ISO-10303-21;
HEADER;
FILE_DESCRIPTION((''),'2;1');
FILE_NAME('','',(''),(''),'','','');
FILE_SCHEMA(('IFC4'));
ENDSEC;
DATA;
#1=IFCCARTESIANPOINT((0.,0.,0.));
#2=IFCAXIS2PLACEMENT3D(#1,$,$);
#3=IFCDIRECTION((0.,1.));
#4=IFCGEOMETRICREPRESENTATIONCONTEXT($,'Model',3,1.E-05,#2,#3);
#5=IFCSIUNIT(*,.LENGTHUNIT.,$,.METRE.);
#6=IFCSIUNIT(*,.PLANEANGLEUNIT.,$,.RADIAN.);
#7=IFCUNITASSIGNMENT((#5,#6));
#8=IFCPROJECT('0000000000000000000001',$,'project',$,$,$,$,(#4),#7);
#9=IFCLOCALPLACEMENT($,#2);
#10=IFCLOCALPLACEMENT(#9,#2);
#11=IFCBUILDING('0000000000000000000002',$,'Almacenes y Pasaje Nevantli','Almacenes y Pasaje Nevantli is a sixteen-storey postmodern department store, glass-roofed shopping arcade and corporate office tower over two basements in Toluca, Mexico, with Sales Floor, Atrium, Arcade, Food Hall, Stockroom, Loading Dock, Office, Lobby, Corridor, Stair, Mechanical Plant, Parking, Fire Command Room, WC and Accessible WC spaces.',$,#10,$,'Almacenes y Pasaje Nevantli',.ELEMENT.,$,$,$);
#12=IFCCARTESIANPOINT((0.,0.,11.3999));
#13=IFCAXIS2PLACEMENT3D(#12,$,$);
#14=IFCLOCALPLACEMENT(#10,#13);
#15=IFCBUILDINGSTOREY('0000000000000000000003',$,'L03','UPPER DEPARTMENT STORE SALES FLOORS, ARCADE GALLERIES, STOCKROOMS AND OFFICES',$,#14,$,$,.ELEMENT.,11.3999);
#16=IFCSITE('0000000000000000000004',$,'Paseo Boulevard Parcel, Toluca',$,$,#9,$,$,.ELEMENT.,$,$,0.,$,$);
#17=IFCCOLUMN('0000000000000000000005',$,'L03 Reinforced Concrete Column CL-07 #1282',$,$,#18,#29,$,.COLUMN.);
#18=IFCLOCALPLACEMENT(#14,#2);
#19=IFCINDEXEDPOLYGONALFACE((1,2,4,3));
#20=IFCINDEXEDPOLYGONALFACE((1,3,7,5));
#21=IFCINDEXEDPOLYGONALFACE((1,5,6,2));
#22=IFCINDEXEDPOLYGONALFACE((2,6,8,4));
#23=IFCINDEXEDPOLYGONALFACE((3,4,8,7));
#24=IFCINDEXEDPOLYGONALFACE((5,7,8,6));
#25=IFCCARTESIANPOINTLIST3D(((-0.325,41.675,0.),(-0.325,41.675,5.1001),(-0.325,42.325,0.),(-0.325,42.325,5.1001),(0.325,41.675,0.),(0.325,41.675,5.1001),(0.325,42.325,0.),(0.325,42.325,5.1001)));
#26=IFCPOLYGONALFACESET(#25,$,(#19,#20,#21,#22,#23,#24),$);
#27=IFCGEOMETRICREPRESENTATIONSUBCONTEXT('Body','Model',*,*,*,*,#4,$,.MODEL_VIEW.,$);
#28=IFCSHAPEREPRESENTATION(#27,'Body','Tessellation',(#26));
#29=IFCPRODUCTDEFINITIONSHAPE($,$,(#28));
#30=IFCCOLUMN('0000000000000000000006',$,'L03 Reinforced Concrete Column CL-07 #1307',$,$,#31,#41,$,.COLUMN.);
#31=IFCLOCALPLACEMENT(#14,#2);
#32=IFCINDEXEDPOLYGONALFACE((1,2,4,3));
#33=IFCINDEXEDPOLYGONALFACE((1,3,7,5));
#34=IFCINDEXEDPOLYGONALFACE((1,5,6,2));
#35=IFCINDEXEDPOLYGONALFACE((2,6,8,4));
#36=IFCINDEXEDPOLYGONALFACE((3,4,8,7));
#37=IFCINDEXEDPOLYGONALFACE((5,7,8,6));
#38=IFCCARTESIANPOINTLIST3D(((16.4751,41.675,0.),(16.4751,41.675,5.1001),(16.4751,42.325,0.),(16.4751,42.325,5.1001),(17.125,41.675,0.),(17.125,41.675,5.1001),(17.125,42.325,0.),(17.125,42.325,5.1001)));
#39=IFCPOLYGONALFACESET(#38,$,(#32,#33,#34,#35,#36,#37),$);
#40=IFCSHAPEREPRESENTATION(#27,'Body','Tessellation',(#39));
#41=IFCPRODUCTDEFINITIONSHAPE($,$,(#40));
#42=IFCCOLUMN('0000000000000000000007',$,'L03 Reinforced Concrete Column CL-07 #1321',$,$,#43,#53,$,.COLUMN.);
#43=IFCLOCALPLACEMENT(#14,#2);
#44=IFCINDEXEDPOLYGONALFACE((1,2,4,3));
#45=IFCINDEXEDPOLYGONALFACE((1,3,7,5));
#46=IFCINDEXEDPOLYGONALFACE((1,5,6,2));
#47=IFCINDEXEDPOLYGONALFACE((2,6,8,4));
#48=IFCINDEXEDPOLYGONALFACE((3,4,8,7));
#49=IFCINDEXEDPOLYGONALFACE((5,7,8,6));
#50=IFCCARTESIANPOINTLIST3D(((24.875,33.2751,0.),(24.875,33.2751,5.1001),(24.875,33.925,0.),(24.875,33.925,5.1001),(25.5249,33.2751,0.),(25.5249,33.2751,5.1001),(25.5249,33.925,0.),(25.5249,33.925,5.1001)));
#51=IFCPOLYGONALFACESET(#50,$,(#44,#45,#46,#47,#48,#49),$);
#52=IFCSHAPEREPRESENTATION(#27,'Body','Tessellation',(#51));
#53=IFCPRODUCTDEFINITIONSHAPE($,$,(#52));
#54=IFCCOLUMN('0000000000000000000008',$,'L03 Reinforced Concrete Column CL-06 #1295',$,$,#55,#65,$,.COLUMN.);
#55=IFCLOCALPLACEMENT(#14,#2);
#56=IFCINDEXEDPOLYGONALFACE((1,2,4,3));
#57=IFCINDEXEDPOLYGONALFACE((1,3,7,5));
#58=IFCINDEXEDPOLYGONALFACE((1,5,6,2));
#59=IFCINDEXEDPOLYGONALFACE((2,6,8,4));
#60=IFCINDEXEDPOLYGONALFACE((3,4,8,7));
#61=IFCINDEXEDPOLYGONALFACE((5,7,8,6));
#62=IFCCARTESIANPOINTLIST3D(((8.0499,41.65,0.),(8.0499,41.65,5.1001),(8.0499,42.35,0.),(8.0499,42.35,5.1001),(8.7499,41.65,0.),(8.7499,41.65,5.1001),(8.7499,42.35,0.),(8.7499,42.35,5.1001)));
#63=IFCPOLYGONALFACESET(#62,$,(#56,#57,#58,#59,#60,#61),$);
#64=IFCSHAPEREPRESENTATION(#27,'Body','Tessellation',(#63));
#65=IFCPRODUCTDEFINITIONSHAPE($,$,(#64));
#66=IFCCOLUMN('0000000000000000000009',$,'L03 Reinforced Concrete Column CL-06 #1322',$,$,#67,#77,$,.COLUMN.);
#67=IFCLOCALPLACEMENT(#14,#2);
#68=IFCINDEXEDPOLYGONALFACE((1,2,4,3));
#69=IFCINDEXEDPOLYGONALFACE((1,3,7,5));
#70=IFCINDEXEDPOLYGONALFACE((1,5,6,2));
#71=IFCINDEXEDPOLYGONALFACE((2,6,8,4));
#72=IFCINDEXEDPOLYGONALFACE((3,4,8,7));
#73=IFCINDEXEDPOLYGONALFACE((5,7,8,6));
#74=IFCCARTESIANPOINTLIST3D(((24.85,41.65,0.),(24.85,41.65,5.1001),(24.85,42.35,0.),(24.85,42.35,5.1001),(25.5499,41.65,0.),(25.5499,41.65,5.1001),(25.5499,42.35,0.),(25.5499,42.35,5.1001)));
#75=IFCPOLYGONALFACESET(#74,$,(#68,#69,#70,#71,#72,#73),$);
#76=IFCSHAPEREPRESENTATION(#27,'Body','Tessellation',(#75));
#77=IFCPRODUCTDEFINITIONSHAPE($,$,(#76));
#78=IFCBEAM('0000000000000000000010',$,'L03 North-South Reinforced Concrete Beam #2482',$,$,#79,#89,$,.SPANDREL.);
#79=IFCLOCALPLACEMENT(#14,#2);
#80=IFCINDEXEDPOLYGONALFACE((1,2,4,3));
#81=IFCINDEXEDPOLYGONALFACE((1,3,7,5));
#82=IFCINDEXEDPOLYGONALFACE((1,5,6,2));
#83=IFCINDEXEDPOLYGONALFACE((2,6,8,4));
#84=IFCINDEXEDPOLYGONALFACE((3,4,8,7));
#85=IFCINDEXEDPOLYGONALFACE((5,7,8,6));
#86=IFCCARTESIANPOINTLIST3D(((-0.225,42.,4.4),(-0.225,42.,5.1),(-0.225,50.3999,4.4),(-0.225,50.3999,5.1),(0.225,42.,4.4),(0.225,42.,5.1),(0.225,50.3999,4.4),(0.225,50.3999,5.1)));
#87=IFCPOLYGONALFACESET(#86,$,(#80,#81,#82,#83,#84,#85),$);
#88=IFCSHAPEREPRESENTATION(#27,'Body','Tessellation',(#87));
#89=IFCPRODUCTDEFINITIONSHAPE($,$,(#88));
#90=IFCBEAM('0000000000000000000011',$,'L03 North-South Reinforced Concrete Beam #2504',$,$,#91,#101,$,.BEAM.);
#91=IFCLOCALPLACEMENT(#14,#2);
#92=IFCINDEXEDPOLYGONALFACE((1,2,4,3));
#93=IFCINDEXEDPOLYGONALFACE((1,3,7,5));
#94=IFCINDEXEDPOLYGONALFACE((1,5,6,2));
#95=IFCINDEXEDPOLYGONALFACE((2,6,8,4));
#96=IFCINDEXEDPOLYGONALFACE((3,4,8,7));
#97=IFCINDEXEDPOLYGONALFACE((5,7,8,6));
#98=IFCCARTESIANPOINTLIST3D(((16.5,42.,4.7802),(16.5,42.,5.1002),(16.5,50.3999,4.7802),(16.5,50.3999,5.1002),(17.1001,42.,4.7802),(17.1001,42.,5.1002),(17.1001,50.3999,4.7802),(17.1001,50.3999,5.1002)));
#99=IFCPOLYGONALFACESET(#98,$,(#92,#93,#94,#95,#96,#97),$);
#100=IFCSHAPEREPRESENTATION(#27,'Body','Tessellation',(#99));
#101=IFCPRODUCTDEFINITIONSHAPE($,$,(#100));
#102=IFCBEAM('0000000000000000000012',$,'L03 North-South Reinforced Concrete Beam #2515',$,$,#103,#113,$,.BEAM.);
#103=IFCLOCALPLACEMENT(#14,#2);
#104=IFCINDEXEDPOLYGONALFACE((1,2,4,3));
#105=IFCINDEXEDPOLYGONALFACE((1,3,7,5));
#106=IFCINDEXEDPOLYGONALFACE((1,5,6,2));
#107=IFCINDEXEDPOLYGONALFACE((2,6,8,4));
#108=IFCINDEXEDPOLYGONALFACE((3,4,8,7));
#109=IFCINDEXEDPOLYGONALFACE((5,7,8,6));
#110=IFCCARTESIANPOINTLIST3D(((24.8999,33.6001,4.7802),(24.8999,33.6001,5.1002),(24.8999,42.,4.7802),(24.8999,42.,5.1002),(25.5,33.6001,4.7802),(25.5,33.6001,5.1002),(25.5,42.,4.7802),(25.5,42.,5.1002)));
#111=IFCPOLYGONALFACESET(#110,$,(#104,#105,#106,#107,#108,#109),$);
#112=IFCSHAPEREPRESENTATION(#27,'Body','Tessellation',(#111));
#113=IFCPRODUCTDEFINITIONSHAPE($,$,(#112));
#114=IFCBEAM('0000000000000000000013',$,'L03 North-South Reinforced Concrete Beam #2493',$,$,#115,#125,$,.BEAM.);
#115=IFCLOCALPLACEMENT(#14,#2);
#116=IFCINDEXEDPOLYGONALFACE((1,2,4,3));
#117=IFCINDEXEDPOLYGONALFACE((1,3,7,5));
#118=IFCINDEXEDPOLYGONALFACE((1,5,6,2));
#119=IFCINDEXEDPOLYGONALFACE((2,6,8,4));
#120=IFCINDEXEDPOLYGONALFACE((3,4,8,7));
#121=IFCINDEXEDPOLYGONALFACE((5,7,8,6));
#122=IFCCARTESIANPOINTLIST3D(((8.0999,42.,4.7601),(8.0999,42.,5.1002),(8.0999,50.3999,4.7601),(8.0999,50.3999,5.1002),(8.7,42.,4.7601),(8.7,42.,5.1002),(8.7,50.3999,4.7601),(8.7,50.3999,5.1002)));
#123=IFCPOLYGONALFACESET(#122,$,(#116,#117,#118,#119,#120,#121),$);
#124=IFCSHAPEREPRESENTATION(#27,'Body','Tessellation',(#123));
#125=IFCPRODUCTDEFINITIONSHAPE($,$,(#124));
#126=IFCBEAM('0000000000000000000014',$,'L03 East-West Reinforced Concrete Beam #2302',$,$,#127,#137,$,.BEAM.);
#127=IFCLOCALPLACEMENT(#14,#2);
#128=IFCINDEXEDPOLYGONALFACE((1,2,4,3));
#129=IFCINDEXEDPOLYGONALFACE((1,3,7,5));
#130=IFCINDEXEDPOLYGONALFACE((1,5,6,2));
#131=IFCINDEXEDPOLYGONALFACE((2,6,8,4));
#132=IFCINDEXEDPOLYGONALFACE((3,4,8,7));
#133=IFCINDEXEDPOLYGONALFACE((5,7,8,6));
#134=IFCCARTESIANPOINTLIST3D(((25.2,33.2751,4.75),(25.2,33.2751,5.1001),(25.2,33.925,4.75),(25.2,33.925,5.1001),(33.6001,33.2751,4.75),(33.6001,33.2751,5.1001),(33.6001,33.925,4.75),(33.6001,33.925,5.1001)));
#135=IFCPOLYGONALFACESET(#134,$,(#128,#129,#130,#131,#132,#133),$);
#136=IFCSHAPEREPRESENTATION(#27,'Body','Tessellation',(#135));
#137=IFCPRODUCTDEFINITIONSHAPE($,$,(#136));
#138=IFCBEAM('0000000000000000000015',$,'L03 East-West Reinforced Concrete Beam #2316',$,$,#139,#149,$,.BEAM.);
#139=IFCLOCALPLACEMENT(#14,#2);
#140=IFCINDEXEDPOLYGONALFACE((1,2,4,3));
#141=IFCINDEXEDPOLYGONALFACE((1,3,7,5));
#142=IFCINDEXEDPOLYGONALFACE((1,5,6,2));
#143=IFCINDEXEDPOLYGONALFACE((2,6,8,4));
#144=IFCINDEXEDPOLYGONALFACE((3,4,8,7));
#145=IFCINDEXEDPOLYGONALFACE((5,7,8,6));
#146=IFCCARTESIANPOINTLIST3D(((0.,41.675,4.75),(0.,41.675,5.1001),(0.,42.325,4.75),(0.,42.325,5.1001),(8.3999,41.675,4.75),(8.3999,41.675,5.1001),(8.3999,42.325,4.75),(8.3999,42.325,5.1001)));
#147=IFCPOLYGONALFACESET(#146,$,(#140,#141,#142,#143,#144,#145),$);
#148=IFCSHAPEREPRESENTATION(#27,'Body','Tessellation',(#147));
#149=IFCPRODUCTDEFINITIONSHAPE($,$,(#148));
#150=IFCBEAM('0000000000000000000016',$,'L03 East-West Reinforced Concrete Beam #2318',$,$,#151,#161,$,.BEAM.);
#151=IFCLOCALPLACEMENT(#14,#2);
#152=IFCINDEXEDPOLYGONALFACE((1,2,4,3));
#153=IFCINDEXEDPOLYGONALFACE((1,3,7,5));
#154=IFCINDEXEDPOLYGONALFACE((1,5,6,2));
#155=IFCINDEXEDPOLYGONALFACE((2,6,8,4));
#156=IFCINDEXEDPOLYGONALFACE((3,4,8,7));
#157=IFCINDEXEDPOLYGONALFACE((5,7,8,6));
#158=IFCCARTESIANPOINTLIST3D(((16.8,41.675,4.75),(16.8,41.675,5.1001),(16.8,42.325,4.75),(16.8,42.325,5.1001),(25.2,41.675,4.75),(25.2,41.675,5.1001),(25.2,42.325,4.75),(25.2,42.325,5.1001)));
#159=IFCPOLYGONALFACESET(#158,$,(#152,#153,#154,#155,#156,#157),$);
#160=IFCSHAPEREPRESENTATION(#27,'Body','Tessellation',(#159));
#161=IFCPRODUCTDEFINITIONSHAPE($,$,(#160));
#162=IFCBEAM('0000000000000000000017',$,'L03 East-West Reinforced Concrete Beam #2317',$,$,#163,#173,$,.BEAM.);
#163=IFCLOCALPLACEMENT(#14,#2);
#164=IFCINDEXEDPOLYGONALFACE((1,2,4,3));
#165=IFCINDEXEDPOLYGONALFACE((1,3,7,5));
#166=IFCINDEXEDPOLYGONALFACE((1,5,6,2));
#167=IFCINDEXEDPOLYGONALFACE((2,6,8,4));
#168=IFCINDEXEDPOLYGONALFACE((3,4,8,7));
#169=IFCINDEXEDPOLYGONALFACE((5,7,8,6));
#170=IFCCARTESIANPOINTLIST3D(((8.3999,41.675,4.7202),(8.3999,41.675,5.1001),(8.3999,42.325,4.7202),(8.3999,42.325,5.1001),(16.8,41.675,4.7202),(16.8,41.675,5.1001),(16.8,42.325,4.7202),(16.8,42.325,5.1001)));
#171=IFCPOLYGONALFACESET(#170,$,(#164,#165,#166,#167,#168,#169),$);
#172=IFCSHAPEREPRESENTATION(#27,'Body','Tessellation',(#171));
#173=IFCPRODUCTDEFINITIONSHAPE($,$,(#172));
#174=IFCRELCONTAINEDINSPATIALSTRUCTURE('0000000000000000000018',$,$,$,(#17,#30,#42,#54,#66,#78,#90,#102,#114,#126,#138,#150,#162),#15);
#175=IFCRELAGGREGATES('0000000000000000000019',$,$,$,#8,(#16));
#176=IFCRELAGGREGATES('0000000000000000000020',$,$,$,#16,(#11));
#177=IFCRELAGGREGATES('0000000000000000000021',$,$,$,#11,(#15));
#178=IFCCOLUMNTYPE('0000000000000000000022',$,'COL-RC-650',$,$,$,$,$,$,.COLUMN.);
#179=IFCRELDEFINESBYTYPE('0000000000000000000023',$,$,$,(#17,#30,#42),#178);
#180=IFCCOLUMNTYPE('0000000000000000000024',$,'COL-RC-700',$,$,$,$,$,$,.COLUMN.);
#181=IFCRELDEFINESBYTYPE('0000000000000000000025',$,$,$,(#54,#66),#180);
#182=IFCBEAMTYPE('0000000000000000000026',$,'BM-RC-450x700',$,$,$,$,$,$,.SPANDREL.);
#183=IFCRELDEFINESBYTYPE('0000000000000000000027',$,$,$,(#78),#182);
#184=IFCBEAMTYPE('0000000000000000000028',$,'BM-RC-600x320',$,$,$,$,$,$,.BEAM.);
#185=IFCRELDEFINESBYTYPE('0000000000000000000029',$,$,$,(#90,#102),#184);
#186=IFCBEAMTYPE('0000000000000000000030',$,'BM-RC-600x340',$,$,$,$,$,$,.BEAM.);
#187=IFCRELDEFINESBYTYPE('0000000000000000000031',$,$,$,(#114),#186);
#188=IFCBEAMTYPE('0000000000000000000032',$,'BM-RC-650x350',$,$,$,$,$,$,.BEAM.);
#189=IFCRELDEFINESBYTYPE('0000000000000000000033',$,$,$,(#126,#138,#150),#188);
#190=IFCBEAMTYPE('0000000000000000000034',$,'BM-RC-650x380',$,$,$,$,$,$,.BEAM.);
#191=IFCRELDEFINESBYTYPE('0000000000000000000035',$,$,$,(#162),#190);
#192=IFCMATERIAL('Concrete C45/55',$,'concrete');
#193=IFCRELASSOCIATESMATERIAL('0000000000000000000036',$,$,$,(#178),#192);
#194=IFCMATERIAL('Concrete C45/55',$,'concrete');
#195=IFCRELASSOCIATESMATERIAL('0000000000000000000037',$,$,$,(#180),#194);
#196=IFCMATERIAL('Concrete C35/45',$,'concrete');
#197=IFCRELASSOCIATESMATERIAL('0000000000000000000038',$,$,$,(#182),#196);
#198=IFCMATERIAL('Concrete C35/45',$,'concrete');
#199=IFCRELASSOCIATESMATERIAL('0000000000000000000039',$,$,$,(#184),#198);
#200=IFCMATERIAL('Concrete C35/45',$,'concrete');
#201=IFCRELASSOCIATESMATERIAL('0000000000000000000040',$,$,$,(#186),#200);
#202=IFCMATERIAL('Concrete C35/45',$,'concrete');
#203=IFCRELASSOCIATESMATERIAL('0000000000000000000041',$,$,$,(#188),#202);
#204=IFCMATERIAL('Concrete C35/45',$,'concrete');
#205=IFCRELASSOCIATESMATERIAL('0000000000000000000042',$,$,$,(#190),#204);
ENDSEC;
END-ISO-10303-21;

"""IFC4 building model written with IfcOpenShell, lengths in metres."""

from ifc_helpers import new_model, si_unit, direction, frame, origin, origin_2d, place, context, subcontext, project, spatial, rectangle, extrude, material, material_profile, profile_set, type_object, element, save


model = new_model("IFC4")

# Units and contexts
model_context = context("Model", 3, precision=1e-05, world=origin(), true_north=direction((0.0, 1.0)))
body_context = subcontext(model_context, "Body", "Model", "MODEL_VIEW")
ifc_project = project(units=[si_unit("LENGTHUNIT", "METRE"), si_unit("PLANEANGLEUNIT", "RADIAN")], contexts=[model_context])

# Site, building, storey
site_placement = place(None, origin())
site = spatial("IfcSite", under=ifc_project, at=site_placement, Name="Paseo Boulevard Parcel, Toluca", CompositionType="ELEMENT", RefElevation=0.0)
building_placement = place(site_placement, origin())
building = spatial("IfcBuilding", under=site, at=building_placement, Name="Almacenes y Pasaje Nevantli", Description="Almacenes y Pasaje Nevantli is a sixteen-storey postmodern department store, glass-roofed shopping arcade and corporate office tower over two basements in Toluca, Mexico, with Sales Floor, Atrium, Arcade, Food Hall, Stockroom, Loading Dock, Office, Lobby, Corridor, Stair, Mechanical Plant, Parking, Fire Command Room, WC and Accessible WC spaces.", LongName="Almacenes y Pasaje Nevantli", CompositionType="ELEMENT")
storey_placement = place(building_placement, frame((0.0, 0.0, 11.3999)))
storey = spatial("IfcBuildingStorey", under=building, at=storey_placement, Name="L03", Description="UPPER DEPARTMENT STORE SALES FLOORS, ARCADE GALLERIES, STOCKROOMS AND OFFICES", CompositionType="ELEMENT", Elevation=11.3999)

# Columns
ifc_material_1 = material(Name="Concrete C45/55", Category="concrete")
ifc_material_profile_1 = material_profile(ifc_material_1, rectangle(XDim=0.6499, YDim=0.6499, at=origin_2d()), Name="RC-COL-650x650")
ifc_profile_set_1 = profile_set([ifc_material_profile_1], Name="Concrete C45/55")
column_type_1 = type_object("IfcColumnType", Name="COL-RC-650", PredefinedType="COLUMN", material=ifc_profile_set_1)
for number, where, z_axis, x_axis, name in (
    (1, (0.0, 42.0, 0.0), (0.0, 0.0, 1.0), (1.0, 0.0, 0.0), "L03 Reinforced Concrete Column CL-07 #1282"),
    (2, (16.8, 42.0, 0.0), (0.0, 0.0, 1.0), (1.0, 0.0, 0.0), "L03 Reinforced Concrete Column CL-07 #1307"),
    (3, (25.2, 33.6001, 0.0), (0.0, 0.0, 1.0), (1.0, 0.0, 0.0), "L03 Reinforced Concrete Column CL-07 #1321"),
):
    element("IfcColumn", number, at=place(storey_placement, frame(where, z_axis=z_axis, x_axis=x_axis)), inside=storey, type_object=column_type_1, Name=name, PredefinedType="COLUMN", context=body_context, shape_type="SweptSolid", body=[
        extrude(rectangle(XDim=0.6499, YDim=0.6499, at=origin_2d()), origin(), (0.0, 0.0, 1.0), 5.1001),
    ])
ifc_material_2 = material(Name="Concrete C45/55", Category="concrete")
ifc_material_profile_2 = material_profile(ifc_material_2, rectangle(XDim=0.7, YDim=0.7, at=origin_2d()), Name="RC-COL-700x700")
ifc_profile_set_2 = profile_set([ifc_material_profile_2], Name="Concrete C45/55")
column_type_2 = type_object("IfcColumnType", Name="COL-RC-700", PredefinedType="COLUMN", material=ifc_profile_set_2)
for number, where, z_axis, x_axis, name in (
    (4, (8.3999, 42.0, 0.0), (0.0, 0.0, 1.0), (1.0, 0.0, 0.0), "L03 Reinforced Concrete Column CL-06 #1295"),
    (5, (25.2, 42.0, 0.0), (0.0, 0.0, 1.0), (1.0, 0.0, 0.0), "L03 Reinforced Concrete Column CL-06 #1322"),
):
    element("IfcColumn", number, at=place(storey_placement, frame(where, z_axis=z_axis, x_axis=x_axis)), inside=storey, type_object=column_type_2, Name=name, PredefinedType="COLUMN", context=body_context, shape_type="SweptSolid", body=[
        extrude(rectangle(XDim=0.7, YDim=0.7, at=origin_2d()), origin(), (0.0, 0.0, 1.0), 5.1001),
    ])

# Beams
ifc_material_3 = material(Name="Concrete C35/45", Category="concrete")
ifc_material_profile_3 = material_profile(ifc_material_3, rectangle(XDim=0.45, YDim=0.7, at=origin_2d()), Name="RC-BM-450x700")
ifc_profile_set_3 = profile_set([ifc_material_profile_3], Name="Concrete C35/45")
beam_type_1 = type_object("IfcBeamType", Name="BM-RC-450x700", PredefinedType="SPANDREL", material=ifc_profile_set_3)
beam_1_placement = place(storey_placement, frame((0.0, 42.0, 4.75), z_axis=(0.0, 1.0, 0.0), x_axis=(-1.0, 0.0, 0.0)))
element("IfcBeam", 6, at=beam_1_placement, inside=storey, type_object=beam_type_1, Name="L03 North-South Reinforced Concrete Beam #2482", PredefinedType="SPANDREL", context=body_context, shape_type="SweptSolid", body=[
    extrude(rectangle(XDim=0.45, YDim=0.7, at=origin_2d()), origin(), (0.0, 0.0, 1.0), 8.3999),
])
ifc_material_4 = material(Name="Concrete C35/45", Category="concrete")
ifc_material_profile_4 = material_profile(ifc_material_4, rectangle(XDim=0.6001, YDim=0.3201, at=origin_2d()), Name="RC-BM-600x320")
ifc_profile_set_4 = profile_set([ifc_material_profile_4], Name="Concrete C35/45")
beam_type_2 = type_object("IfcBeamType", Name="BM-RC-600x320", PredefinedType="BEAM", material=ifc_profile_set_4)
for number, where, z_axis, x_axis, name in (
    (7, (16.8, 42.0, 4.9402), (0.0, 1.0, 0.0), (-1.0, 0.0, 0.0), "L03 North-South Reinforced Concrete Beam #2504"),
    (8, (25.2, 33.6001, 4.9402), (0.0, 1.0, 0.0), (-1.0, 0.0, 0.0), "L03 North-South Reinforced Concrete Beam #2515"),
):
    element("IfcBeam", number, at=place(storey_placement, frame(where, z_axis=z_axis, x_axis=x_axis)), inside=storey, type_object=beam_type_2, Name=name, PredefinedType="BEAM", context=body_context, shape_type="SweptSolid", body=[
        extrude(rectangle(XDim=0.6001, YDim=0.3201, at=origin_2d()), origin(), (0.0, 0.0, 1.0), 8.3999),
    ])
ifc_material_5 = material(Name="Concrete C35/45", Category="concrete")
ifc_material_profile_5 = material_profile(ifc_material_5, rectangle(XDim=0.6001, YDim=0.3401, at=origin_2d()), Name="RC-BM-600x340")
ifc_profile_set_5 = profile_set([ifc_material_profile_5], Name="Concrete C35/45")
beam_type_3 = type_object("IfcBeamType", Name="BM-RC-600x340", PredefinedType="BEAM", material=ifc_profile_set_5)
beam_2_placement = place(storey_placement, frame((8.3999, 42.0, 4.9302), z_axis=(0.0, 1.0, 0.0), x_axis=(-1.0, 0.0, 0.0)))
element("IfcBeam", 9, at=beam_2_placement, inside=storey, type_object=beam_type_3, Name="L03 North-South Reinforced Concrete Beam #2493", PredefinedType="BEAM", context=body_context, shape_type="SweptSolid", body=[
    extrude(rectangle(XDim=0.6001, YDim=0.3401, at=origin_2d()), origin(), (0.0, 0.0, 1.0), 8.3999),
])
ifc_material_6 = material(Name="Concrete C35/45", Category="concrete")
ifc_material_profile_6 = material_profile(ifc_material_6, rectangle(XDim=0.6499, YDim=0.3501, at=origin_2d()), Name="RC-BM-650x350")
ifc_profile_set_6 = profile_set([ifc_material_profile_6], Name="Concrete C35/45")
beam_type_4 = type_object("IfcBeamType", Name="BM-RC-650x350", PredefinedType="BEAM", material=ifc_profile_set_6)
beam_3_placement = place(storey_placement, frame((25.2, 33.6001, 4.925), z_axis=(1.0, 0.0, 0.0), x_axis=(0.0, 1.0, 0.0)))
element("IfcBeam", 10, at=beam_3_placement, inside=storey, type_object=beam_type_4, Name="L03 East-West Reinforced Concrete Beam #2302", PredefinedType="BEAM", context=body_context, shape_type="SweptSolid", body=[
    extrude(rectangle(XDim=0.6499, YDim=0.3501, at=origin_2d()), origin(), (0.0, 0.0, 1.0), 8.4001),
])
for number, where, z_axis, x_axis, name in (
    (11, (0.0, 42.0, 4.925), (1.0, 0.0, 0.0), (0.0, 1.0, 0.0), "L03 East-West Reinforced Concrete Beam #2316"),
    (12, (16.8, 42.0, 4.925), (1.0, 0.0, 0.0), (0.0, 1.0, 0.0), "L03 East-West Reinforced Concrete Beam #2318"),
):
    element("IfcBeam", number, at=place(storey_placement, frame(where, z_axis=z_axis, x_axis=x_axis)), inside=storey, type_object=beam_type_4, Name=name, PredefinedType="BEAM", context=body_context, shape_type="SweptSolid", body=[
        extrude(rectangle(XDim=0.6499, YDim=0.3501, at=origin_2d()), origin(), (0.0, 0.0, 1.0), 8.3999),
    ])
ifc_material_7 = material(Name="Concrete C35/45", Category="concrete")
ifc_material_profile_7 = material_profile(ifc_material_7, rectangle(XDim=0.6499, YDim=0.3799, at=origin_2d()), Name="RC-BM-650x380")
ifc_profile_set_7 = profile_set([ifc_material_profile_7], Name="Concrete C35/45")
beam_type_5 = type_object("IfcBeamType", Name="BM-RC-650x380", PredefinedType="BEAM", material=ifc_profile_set_7)
beam_4_placement = place(storey_placement, frame((8.3999, 42.0, 4.9102), z_axis=(1.0, 0.0, 0.0), x_axis=(0.0, 1.0, 0.0)))
element("IfcBeam", 13, at=beam_4_placement, inside=storey, type_object=beam_type_5, Name="L03 East-West Reinforced Concrete Beam #2317", PredefinedType="BEAM", context=body_context, shape_type="SweptSolid", body=[
    extrude(rectangle(XDim=0.6499, YDim=0.3799, at=origin_2d()), origin(), (0.0, 0.0, 1.0), 8.4001),
])

save(model, "model.ifc")
